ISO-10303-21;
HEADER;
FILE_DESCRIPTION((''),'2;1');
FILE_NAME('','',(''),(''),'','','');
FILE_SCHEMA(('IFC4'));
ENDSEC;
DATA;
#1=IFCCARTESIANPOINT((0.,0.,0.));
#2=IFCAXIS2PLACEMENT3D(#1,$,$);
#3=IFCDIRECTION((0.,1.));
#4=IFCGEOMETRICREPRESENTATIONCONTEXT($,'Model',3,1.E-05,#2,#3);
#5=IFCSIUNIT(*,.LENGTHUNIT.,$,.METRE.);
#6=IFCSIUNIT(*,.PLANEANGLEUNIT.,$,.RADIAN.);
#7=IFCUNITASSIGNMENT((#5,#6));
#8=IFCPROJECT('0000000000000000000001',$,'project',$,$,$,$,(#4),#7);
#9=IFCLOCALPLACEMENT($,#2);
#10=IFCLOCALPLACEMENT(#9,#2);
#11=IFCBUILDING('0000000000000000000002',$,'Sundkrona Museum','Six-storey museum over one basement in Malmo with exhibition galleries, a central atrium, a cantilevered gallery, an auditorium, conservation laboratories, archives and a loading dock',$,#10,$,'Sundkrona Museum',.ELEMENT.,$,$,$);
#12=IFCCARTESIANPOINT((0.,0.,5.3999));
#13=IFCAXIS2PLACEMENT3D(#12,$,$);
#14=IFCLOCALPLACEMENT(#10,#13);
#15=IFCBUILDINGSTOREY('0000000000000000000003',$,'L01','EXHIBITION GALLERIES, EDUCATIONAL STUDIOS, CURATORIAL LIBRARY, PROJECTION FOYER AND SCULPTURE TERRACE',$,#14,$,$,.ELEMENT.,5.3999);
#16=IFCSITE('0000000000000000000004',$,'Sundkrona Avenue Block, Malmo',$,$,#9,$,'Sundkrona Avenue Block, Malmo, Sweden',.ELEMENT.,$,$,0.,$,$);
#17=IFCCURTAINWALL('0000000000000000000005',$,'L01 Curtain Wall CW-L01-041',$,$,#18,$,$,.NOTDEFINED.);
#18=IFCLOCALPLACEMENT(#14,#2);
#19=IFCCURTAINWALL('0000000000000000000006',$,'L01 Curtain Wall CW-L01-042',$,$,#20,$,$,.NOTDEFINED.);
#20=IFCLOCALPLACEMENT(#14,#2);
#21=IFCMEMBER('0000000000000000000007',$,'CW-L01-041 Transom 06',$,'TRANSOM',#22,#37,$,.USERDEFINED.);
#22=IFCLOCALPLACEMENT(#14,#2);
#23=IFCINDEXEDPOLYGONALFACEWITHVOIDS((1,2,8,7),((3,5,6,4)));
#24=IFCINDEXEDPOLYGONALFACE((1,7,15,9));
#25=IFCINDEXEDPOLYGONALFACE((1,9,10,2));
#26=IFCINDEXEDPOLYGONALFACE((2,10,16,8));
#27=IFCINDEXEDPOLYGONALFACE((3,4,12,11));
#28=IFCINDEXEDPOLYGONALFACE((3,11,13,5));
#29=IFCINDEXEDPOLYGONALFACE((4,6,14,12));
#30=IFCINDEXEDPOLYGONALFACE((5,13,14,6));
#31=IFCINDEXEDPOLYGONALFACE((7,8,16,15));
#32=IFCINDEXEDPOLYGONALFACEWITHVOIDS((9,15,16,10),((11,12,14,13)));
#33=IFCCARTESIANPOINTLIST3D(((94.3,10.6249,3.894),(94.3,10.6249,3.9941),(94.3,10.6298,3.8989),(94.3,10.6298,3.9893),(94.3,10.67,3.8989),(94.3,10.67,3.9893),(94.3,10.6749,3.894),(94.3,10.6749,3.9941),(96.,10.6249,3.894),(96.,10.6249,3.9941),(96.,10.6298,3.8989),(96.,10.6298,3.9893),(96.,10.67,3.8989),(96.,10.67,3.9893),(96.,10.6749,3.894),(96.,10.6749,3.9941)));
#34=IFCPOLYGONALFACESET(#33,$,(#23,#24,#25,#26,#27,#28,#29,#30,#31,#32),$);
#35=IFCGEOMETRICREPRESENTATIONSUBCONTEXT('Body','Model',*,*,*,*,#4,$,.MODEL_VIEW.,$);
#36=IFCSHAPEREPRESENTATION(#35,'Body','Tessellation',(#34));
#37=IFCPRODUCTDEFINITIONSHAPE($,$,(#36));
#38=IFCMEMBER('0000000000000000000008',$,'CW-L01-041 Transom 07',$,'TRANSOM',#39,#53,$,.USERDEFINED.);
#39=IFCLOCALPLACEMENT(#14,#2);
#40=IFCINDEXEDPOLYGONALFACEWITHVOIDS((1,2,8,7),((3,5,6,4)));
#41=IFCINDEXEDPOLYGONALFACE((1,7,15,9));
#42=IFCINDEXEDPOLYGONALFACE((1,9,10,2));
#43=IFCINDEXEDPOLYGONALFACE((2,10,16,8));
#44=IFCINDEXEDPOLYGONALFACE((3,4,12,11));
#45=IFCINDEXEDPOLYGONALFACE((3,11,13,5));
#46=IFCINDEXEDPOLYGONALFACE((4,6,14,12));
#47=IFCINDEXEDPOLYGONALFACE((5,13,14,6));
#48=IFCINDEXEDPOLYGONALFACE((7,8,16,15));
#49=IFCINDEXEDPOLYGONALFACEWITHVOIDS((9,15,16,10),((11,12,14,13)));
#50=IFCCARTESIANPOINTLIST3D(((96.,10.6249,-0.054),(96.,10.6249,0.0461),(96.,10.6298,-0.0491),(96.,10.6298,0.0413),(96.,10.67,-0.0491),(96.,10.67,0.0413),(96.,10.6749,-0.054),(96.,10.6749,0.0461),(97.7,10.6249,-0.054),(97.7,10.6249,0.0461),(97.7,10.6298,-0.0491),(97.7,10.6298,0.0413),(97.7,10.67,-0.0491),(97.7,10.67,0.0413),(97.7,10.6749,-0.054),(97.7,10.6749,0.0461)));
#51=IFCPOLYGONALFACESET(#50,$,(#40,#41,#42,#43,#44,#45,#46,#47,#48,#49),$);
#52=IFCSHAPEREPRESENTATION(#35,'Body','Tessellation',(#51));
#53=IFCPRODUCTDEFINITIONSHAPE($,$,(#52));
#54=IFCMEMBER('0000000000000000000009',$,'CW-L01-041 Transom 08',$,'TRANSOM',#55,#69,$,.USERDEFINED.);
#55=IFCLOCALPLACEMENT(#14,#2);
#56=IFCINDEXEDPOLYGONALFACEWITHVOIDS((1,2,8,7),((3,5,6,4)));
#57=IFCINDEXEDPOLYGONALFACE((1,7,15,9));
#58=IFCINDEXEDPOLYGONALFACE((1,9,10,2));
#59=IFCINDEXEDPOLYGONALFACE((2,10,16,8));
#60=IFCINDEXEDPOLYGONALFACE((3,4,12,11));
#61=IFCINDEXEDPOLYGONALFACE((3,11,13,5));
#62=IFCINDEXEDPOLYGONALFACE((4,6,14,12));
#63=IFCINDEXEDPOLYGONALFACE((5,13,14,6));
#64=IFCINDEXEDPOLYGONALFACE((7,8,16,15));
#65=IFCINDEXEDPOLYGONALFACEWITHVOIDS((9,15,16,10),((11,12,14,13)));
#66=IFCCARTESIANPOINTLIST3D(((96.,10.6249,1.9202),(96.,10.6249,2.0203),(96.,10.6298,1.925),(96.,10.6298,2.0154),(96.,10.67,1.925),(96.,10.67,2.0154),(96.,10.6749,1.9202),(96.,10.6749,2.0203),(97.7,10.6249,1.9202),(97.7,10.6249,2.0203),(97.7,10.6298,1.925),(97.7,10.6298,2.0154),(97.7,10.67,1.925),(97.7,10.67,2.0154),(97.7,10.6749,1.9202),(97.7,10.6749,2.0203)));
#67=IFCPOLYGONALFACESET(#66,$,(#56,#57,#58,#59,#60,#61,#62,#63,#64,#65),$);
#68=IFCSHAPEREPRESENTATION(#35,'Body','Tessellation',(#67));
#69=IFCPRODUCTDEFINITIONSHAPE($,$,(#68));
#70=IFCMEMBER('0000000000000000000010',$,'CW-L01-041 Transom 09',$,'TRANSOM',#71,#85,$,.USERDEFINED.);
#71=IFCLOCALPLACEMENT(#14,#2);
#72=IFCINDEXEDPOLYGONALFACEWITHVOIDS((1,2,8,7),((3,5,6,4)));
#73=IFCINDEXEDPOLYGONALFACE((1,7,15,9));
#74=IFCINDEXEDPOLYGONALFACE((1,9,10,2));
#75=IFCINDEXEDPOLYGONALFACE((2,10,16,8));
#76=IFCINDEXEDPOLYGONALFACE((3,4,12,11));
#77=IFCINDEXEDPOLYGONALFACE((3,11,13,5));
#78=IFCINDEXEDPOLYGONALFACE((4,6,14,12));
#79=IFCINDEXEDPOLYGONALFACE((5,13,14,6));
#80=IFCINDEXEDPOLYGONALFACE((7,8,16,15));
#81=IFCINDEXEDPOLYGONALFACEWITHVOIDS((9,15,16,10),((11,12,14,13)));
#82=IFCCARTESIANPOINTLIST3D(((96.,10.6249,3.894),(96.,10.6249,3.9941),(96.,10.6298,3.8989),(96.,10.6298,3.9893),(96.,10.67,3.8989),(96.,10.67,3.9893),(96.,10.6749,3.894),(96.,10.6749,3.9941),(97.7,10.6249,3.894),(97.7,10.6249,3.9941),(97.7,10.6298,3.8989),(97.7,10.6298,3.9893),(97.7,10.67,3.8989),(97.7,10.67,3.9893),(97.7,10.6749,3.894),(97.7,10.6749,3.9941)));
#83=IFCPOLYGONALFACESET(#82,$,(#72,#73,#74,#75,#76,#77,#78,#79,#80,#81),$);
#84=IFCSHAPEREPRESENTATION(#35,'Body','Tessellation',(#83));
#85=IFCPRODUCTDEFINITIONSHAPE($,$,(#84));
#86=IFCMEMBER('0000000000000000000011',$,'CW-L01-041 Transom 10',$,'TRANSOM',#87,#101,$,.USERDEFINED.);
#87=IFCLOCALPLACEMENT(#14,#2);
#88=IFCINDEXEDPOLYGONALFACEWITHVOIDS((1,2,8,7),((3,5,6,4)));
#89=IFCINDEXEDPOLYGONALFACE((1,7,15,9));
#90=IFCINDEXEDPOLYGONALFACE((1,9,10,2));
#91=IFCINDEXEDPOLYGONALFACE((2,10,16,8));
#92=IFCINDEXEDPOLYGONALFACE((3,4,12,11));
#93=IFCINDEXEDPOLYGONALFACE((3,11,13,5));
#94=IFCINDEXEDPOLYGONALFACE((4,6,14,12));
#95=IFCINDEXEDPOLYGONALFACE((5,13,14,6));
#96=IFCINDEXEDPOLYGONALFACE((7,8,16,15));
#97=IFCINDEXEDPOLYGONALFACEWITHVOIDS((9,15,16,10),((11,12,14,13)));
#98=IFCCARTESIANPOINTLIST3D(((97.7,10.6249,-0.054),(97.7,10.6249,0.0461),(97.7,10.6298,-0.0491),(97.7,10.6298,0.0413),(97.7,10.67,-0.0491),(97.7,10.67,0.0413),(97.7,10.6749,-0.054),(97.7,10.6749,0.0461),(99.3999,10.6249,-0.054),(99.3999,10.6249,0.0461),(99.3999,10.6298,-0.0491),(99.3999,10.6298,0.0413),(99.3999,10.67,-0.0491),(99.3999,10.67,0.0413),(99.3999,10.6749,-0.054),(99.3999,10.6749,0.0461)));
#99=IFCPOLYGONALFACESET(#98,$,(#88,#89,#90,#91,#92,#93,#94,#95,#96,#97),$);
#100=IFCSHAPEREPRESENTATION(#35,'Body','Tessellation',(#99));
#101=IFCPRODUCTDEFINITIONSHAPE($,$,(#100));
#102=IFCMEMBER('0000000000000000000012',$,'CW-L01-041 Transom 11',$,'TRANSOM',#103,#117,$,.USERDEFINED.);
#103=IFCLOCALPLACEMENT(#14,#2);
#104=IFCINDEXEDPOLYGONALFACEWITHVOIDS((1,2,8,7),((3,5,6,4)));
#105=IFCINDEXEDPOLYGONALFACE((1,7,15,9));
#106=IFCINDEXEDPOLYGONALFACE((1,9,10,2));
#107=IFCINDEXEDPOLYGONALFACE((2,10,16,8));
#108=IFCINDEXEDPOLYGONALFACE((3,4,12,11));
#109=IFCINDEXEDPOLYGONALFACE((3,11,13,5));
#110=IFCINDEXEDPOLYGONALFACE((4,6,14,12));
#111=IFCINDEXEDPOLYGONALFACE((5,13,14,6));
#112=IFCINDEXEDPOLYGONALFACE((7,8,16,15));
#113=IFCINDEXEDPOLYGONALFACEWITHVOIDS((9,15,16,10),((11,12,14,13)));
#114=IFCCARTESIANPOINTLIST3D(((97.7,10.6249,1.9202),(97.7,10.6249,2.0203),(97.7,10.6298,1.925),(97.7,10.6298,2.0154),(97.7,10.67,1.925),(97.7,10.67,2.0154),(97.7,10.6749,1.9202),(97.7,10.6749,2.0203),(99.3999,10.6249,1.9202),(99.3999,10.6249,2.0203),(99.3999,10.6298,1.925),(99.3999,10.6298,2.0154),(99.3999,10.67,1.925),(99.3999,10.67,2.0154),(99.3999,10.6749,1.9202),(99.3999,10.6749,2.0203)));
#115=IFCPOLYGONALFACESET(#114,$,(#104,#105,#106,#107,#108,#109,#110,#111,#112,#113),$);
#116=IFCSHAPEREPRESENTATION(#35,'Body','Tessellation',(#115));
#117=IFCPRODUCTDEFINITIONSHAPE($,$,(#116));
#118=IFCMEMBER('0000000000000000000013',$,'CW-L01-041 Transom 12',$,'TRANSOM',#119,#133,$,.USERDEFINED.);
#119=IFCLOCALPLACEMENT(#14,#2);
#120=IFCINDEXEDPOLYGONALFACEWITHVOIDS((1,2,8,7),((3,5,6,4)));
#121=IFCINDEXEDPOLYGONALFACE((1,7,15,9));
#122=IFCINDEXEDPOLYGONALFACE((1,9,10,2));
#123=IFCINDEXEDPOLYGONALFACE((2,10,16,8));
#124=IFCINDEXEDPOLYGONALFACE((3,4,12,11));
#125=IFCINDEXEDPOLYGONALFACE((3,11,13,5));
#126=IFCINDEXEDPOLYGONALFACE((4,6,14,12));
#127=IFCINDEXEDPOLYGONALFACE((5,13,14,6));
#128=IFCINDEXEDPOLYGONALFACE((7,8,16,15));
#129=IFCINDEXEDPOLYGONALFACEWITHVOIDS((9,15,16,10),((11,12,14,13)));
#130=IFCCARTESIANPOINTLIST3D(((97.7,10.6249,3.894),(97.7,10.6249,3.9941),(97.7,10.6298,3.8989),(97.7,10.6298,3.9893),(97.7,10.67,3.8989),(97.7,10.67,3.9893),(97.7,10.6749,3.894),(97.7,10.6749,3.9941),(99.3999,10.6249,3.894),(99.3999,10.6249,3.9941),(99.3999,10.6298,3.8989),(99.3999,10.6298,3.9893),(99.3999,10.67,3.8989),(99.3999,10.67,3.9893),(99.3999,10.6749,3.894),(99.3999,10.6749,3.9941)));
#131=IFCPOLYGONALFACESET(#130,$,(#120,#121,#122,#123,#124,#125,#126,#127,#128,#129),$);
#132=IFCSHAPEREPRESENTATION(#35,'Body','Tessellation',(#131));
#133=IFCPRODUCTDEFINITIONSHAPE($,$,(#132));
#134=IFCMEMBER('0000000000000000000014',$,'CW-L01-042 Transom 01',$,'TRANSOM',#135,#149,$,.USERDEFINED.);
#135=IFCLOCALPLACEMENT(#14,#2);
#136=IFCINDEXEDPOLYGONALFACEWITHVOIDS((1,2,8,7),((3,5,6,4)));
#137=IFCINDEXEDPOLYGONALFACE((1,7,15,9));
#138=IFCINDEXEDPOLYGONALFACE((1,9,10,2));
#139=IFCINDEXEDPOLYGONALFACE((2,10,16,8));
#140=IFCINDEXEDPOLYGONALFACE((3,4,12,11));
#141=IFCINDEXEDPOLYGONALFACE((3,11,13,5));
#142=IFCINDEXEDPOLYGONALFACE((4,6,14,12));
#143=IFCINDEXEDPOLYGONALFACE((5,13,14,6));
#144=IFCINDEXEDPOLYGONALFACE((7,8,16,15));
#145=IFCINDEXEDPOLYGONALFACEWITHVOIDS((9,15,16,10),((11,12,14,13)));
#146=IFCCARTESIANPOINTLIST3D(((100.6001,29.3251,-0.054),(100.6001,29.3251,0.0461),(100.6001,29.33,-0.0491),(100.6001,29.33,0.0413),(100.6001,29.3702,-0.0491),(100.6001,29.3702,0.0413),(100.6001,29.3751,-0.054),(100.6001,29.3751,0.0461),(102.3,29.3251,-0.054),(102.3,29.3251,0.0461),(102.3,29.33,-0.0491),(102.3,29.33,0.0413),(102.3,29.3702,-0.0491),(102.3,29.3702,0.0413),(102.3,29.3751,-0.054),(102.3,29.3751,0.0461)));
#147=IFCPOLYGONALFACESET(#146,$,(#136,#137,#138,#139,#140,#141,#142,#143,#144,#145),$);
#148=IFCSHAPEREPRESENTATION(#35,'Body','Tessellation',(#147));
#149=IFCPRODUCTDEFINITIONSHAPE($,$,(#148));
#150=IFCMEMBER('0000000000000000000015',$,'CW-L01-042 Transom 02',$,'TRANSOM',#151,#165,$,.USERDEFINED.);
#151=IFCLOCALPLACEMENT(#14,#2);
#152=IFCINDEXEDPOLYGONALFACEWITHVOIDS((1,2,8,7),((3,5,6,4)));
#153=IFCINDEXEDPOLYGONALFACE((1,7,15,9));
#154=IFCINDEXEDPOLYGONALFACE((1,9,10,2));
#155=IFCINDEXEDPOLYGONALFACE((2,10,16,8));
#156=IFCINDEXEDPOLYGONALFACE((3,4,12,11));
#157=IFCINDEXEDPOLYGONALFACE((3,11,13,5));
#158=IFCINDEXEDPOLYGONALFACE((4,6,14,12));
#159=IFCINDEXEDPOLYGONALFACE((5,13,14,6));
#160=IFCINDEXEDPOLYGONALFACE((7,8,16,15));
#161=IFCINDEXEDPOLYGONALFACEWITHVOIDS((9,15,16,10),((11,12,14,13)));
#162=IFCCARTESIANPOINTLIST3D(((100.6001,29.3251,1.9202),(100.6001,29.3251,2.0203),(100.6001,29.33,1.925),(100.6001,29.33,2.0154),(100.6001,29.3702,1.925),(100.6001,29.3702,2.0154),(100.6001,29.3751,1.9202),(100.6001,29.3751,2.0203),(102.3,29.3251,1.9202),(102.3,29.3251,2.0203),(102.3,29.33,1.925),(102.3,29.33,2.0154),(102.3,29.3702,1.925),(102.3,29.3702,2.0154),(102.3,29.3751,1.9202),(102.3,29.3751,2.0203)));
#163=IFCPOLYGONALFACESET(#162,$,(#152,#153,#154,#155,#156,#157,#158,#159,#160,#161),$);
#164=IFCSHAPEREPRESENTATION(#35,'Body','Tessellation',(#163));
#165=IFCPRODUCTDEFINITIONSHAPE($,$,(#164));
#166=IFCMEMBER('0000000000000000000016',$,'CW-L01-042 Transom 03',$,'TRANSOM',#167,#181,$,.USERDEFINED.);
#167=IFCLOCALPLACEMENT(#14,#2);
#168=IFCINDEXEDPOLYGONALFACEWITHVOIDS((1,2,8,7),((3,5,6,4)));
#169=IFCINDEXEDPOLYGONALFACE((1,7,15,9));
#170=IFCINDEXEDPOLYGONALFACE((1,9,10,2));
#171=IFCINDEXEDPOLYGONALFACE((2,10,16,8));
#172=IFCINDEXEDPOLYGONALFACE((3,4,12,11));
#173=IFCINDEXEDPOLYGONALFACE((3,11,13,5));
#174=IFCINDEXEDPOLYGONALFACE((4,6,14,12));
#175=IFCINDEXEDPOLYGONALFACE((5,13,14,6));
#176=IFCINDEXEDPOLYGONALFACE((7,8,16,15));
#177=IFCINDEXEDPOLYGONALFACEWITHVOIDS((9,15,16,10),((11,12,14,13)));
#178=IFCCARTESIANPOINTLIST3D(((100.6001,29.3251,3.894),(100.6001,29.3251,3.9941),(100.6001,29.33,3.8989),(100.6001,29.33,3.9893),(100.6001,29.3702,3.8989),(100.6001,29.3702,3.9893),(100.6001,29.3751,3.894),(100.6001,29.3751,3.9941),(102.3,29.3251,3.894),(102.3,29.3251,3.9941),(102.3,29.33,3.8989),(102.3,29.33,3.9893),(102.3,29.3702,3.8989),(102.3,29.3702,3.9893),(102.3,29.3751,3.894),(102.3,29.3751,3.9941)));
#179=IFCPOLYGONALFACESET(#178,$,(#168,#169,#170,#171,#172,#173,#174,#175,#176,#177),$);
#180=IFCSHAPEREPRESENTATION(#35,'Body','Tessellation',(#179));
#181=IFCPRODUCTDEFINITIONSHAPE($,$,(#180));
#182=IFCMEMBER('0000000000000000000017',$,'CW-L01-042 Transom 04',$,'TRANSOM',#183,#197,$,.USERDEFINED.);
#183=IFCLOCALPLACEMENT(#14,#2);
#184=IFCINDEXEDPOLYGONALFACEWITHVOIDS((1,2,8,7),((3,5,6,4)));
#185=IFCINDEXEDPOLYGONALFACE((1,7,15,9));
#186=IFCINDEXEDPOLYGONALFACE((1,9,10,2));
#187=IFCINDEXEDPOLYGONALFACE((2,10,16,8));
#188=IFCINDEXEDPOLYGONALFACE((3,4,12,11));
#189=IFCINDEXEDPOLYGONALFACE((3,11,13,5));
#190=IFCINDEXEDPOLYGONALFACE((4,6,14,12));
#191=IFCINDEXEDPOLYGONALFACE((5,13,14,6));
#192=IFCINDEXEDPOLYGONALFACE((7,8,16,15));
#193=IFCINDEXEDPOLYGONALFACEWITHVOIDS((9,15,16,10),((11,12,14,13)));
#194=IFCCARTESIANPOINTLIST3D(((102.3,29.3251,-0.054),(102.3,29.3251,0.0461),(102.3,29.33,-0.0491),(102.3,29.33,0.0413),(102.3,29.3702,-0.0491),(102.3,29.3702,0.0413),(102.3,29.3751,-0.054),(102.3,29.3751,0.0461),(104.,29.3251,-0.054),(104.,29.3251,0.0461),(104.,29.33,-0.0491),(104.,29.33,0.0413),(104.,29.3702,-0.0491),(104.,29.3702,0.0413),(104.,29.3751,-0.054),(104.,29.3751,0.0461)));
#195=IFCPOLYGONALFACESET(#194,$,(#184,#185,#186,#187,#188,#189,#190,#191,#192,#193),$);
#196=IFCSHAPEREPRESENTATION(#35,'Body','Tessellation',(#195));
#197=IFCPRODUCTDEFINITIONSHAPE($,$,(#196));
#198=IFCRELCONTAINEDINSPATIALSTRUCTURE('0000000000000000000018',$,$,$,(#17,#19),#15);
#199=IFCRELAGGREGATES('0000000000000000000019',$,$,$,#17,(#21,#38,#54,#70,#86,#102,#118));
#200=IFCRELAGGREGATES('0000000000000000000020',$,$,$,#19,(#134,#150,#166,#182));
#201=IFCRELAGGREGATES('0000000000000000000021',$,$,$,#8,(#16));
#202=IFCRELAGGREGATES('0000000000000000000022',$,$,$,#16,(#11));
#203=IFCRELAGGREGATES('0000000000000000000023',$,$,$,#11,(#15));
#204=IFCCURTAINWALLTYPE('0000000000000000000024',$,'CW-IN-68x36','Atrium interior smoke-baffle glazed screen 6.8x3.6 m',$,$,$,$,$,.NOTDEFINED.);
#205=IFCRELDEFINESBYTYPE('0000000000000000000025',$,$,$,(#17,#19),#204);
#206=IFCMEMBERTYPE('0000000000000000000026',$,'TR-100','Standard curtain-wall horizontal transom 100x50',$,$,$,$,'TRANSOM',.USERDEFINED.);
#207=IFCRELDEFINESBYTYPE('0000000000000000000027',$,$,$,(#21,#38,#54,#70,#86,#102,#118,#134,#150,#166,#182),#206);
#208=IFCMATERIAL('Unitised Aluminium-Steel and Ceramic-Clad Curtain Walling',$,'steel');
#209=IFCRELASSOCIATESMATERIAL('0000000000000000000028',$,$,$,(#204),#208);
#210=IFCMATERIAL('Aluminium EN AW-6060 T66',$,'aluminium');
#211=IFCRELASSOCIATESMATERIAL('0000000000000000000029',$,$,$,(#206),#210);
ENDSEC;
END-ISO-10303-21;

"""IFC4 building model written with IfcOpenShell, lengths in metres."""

from ifc_helpers import new_model, si_unit, direction, frame, origin, origin_2d, place, context, subcontext, project, spatial, hollow_rectangle, extrude, material, material_profile, profile_set, type_object, element, aggregate, save


model = new_model("IFC4")

# Units and contexts
model_context = context("Model", 3, precision=1e-05, world=origin(), true_north=direction((0.0, 1.0)))
body_context = subcontext(model_context, "Body", "Model", "MODEL_VIEW")
ifc_project = project(units=[si_unit("LENGTHUNIT", "METRE"), si_unit("PLANEANGLEUNIT", "RADIAN")], contexts=[model_context])

# Site, building, storey
site_placement = place(None, origin())
site = spatial("IfcSite", under=ifc_project, at=site_placement, Name="Sundkrona Avenue Block, Malmo", LongName="Sundkrona Avenue Block, Malmo, Sweden", CompositionType="ELEMENT", RefElevation=0.0)
building_placement = place(site_placement, origin())
building = spatial("IfcBuilding", under=site, at=building_placement, Name="Sundkrona Museum", Description="Six-storey museum over one basement in Malmo with exhibition galleries, a central atrium, a cantilevered gallery, an auditorium, conservation laboratories, archives and a loading dock", LongName="Sundkrona Museum", CompositionType="ELEMENT")
storey_placement = place(building_placement, frame((0.0, 0.0, 5.3999)))
storey = spatial("IfcBuildingStorey", under=building, at=storey_placement, Name="L01", Description="EXHIBITION GALLERIES, EDUCATIONAL STUDIOS, CURATORIAL LIBRARY, PROJECTION FOYER AND SCULPTURE TERRACE", CompositionType="ELEMENT", Elevation=5.3999)

# Curtain walls
ifc_material_1 = material(Name="Unitised Aluminium-Steel and Ceramic-Clad Curtain Walling", Category="steel")
curtain_wall_type = type_object("IfcCurtainWallType", Name="CW-IN-68x36", Description="Atrium interior smoke-baffle glazed screen 6.8x3.6 m", PredefinedType="NOTDEFINED", material=ifc_material_1)
curtain_wall_1_placement = place(storey_placement, origin())
curtain_wall_1 = element("IfcCurtainWall", 1, at=curtain_wall_1_placement, inside=storey, type_object=curtain_wall_type, Name="L01 Curtain Wall CW-L01-041", PredefinedType="NOTDEFINED")
ifc_material_2 = material(Name="Aluminium EN AW-6060 T66", Category="aluminium")
curtain_wall_2_placement = place(storey_placement, origin())
curtain_wall_2 = element("IfcCurtainWall", 2, at=curtain_wall_2_placement, inside=storey, type_object=curtain_wall_type, Name="L01 Curtain Wall CW-L01-042", PredefinedType="NOTDEFINED")

# Members
ifc_material_profile_1 = material_profile(ifc_material_2, hollow_rectangle(XDim=0.05, YDim=0.1001, WallThickness=0.0049, at=origin_2d()), Name="RHS 100x50x5.0")
ifc_profile_set_1 = profile_set([ifc_material_profile_1], Name="Aluminium EN AW-6060 T66")
member_type_1 = type_object("IfcMemberType", Name="TR-100", Description="Standard curtain-wall horizontal transom 100x50", ElementType="TRANSOM", PredefinedType="USERDEFINED", material=ifc_profile_set_1)
member_1_placement = place(storey_placement, frame((94.3, 10.6499, 3.9441), z_axis=(1.0, 0.0, 0.0), x_axis=(0.0, 1.0, 0.0)))
member_1 = element("IfcMember", 3, at=member_1_placement, type_object=member_type_1, Name="CW-L01-041 Transom 06", ObjectType="TRANSOM", PredefinedType="USERDEFINED", context=body_context, shape_type="SweptSolid", body=[
    extrude(hollow_rectangle(XDim=0.05, YDim=0.1001, WallThickness=0.0049, at=origin_2d()), origin(), (0.0, 0.0, 1.0), 1.7),
])
member_2_placement = place(storey_placement, frame((96.0, 10.6499, -0.0039), z_axis=(1.0, 0.0, 0.0), x_axis=(0.0, 1.0, 0.0)))
member_2 = element("IfcMember", 4, at=member_2_placement, type_object=member_type_1, Name="CW-L01-041 Transom 07", ObjectType="TRANSOM", PredefinedType="USERDEFINED", context=body_context, shape_type="SweptSolid", body=[
    extrude(hollow_rectangle(XDim=0.05, YDim=0.1001, WallThickness=0.0049, at=origin_2d()), origin(), (0.0, 0.0, 1.0), 1.7),
])
member_3_placement = place(storey_placement, frame((96.0, 10.6499, 1.9702), z_axis=(1.0, 0.0, 0.0), x_axis=(0.0, 1.0, 0.0)))
member_3 = element("IfcMember", 5, at=member_3_placement, type_object=member_type_1, Name="CW-L01-041 Transom 08", ObjectType="TRANSOM", PredefinedType="USERDEFINED", context=body_context, shape_type="SweptSolid", body=[
    extrude(hollow_rectangle(XDim=0.05, YDim=0.1001, WallThickness=0.0049, at=origin_2d()), origin(), (0.0, 0.0, 1.0), 1.7),
])
member_4_placement = place(storey_placement, frame((96.0, 10.6499, 3.9441), z_axis=(1.0, 0.0, 0.0), x_axis=(0.0, 1.0, 0.0)))
member_4 = element("IfcMember", 6, at=member_4_placement, type_object=member_type_1, Name="CW-L01-041 Transom 09", ObjectType="TRANSOM", PredefinedType="USERDEFINED", context=body_context, shape_type="SweptSolid", body=[
    extrude(hollow_rectangle(XDim=0.05, YDim=0.1001, WallThickness=0.0049, at=origin_2d()), origin(), (0.0, 0.0, 1.0), 1.7),
])
member_5_placement = place(storey_placement, frame((97.7, 10.6499, -0.0039), z_axis=(1.0, 0.0, 0.0), x_axis=(0.0, 1.0, 0.0)))
member_5 = element("IfcMember", 7, at=member_5_placement, type_object=member_type_1, Name="CW-L01-041 Transom 10", ObjectType="TRANSOM", PredefinedType="USERDEFINED", context=body_context, shape_type="SweptSolid", body=[
    extrude(hollow_rectangle(XDim=0.05, YDim=0.1001, WallThickness=0.0049, at=origin_2d()), origin(), (0.0, 0.0, 1.0), 1.7),
])
member_6_placement = place(storey_placement, frame((97.7, 10.6499, 1.9702), z_axis=(1.0, 0.0, 0.0), x_axis=(0.0, 1.0, 0.0)))
member_6 = element("IfcMember", 8, at=member_6_placement, type_object=member_type_1, Name="CW-L01-041 Transom 11", ObjectType="TRANSOM", PredefinedType="USERDEFINED", context=body_context, shape_type="SweptSolid", body=[
    extrude(hollow_rectangle(XDim=0.05, YDim=0.1001, WallThickness=0.0049, at=origin_2d()), origin(), (0.0, 0.0, 1.0), 1.7),
])
member_7_placement = place(storey_placement, frame((97.7, 10.6499, 3.9441), z_axis=(1.0, 0.0, 0.0), x_axis=(0.0, 1.0, 0.0)))
member_7 = element("IfcMember", 9, at=member_7_placement, type_object=member_type_1, Name="CW-L01-041 Transom 12", ObjectType="TRANSOM", PredefinedType="USERDEFINED", context=body_context, shape_type="SweptSolid", body=[
    extrude(hollow_rectangle(XDim=0.05, YDim=0.1001, WallThickness=0.0049, at=origin_2d()), origin(), (0.0, 0.0, 1.0), 1.7),
])
member_8_placement = place(storey_placement, frame((100.6001, 29.3501, -0.0039), z_axis=(1.0, 0.0, 0.0), x_axis=(0.0, 1.0, 0.0)))
member_8 = element("IfcMember", 10, at=member_8_placement, type_object=member_type_1, Name="CW-L01-042 Transom 01", ObjectType="TRANSOM", PredefinedType="USERDEFINED", context=body_context, shape_type="SweptSolid", body=[
    extrude(hollow_rectangle(XDim=0.05, YDim=0.1001, WallThickness=0.0049, at=origin_2d()), origin(), (0.0, 0.0, 1.0), 1.7),
])
member_9_placement = place(storey_placement, frame((100.6001, 29.3501, 1.9702), z_axis=(1.0, 0.0, 0.0), x_axis=(0.0, 1.0, 0.0)))
member_9 = element("IfcMember", 11, at=member_9_placement, type_object=member_type_1, Name="CW-L01-042 Transom 02", ObjectType="TRANSOM", PredefinedType="USERDEFINED", context=body_context, shape_type="SweptSolid", body=[
    extrude(hollow_rectangle(XDim=0.05, YDim=0.1001, WallThickness=0.0049, at=origin_2d()), origin(), (0.0, 0.0, 1.0), 1.7),
])
member_10_placement = place(storey_placement, frame((100.6001, 29.3501, 3.9441), z_axis=(1.0, 0.0, 0.0), x_axis=(0.0, 1.0, 0.0)))
member_10 = element("IfcMember", 12, at=member_10_placement, type_object=member_type_1, Name="CW-L01-042 Transom 03", ObjectType="TRANSOM", PredefinedType="USERDEFINED", context=body_context, shape_type="SweptSolid", body=[
    extrude(hollow_rectangle(XDim=0.05, YDim=0.1001, WallThickness=0.0049, at=origin_2d()), origin(), (0.0, 0.0, 1.0), 1.7),
])
member_11_placement = place(storey_placement, frame((102.3, 29.3501, -0.0039), z_axis=(1.0, 0.0, 0.0), x_axis=(0.0, 1.0, 0.0)))
member_11 = element("IfcMember", 13, at=member_11_placement, type_object=member_type_1, Name="CW-L01-042 Transom 04", ObjectType="TRANSOM", PredefinedType="USERDEFINED", context=body_context, shape_type="SweptSolid", body=[
    extrude(hollow_rectangle(XDim=0.05, YDim=0.1001, WallThickness=0.0049, at=origin_2d()), origin(), (0.0, 0.0, 1.0), 1.7),
])

aggregate(curtain_wall_1, [member_1, member_2, member_3, member_4, member_5, member_6, member_7])
aggregate(curtain_wall_2, [member_8, member_9, member_10, member_11])

save(model, "model.ifc")
